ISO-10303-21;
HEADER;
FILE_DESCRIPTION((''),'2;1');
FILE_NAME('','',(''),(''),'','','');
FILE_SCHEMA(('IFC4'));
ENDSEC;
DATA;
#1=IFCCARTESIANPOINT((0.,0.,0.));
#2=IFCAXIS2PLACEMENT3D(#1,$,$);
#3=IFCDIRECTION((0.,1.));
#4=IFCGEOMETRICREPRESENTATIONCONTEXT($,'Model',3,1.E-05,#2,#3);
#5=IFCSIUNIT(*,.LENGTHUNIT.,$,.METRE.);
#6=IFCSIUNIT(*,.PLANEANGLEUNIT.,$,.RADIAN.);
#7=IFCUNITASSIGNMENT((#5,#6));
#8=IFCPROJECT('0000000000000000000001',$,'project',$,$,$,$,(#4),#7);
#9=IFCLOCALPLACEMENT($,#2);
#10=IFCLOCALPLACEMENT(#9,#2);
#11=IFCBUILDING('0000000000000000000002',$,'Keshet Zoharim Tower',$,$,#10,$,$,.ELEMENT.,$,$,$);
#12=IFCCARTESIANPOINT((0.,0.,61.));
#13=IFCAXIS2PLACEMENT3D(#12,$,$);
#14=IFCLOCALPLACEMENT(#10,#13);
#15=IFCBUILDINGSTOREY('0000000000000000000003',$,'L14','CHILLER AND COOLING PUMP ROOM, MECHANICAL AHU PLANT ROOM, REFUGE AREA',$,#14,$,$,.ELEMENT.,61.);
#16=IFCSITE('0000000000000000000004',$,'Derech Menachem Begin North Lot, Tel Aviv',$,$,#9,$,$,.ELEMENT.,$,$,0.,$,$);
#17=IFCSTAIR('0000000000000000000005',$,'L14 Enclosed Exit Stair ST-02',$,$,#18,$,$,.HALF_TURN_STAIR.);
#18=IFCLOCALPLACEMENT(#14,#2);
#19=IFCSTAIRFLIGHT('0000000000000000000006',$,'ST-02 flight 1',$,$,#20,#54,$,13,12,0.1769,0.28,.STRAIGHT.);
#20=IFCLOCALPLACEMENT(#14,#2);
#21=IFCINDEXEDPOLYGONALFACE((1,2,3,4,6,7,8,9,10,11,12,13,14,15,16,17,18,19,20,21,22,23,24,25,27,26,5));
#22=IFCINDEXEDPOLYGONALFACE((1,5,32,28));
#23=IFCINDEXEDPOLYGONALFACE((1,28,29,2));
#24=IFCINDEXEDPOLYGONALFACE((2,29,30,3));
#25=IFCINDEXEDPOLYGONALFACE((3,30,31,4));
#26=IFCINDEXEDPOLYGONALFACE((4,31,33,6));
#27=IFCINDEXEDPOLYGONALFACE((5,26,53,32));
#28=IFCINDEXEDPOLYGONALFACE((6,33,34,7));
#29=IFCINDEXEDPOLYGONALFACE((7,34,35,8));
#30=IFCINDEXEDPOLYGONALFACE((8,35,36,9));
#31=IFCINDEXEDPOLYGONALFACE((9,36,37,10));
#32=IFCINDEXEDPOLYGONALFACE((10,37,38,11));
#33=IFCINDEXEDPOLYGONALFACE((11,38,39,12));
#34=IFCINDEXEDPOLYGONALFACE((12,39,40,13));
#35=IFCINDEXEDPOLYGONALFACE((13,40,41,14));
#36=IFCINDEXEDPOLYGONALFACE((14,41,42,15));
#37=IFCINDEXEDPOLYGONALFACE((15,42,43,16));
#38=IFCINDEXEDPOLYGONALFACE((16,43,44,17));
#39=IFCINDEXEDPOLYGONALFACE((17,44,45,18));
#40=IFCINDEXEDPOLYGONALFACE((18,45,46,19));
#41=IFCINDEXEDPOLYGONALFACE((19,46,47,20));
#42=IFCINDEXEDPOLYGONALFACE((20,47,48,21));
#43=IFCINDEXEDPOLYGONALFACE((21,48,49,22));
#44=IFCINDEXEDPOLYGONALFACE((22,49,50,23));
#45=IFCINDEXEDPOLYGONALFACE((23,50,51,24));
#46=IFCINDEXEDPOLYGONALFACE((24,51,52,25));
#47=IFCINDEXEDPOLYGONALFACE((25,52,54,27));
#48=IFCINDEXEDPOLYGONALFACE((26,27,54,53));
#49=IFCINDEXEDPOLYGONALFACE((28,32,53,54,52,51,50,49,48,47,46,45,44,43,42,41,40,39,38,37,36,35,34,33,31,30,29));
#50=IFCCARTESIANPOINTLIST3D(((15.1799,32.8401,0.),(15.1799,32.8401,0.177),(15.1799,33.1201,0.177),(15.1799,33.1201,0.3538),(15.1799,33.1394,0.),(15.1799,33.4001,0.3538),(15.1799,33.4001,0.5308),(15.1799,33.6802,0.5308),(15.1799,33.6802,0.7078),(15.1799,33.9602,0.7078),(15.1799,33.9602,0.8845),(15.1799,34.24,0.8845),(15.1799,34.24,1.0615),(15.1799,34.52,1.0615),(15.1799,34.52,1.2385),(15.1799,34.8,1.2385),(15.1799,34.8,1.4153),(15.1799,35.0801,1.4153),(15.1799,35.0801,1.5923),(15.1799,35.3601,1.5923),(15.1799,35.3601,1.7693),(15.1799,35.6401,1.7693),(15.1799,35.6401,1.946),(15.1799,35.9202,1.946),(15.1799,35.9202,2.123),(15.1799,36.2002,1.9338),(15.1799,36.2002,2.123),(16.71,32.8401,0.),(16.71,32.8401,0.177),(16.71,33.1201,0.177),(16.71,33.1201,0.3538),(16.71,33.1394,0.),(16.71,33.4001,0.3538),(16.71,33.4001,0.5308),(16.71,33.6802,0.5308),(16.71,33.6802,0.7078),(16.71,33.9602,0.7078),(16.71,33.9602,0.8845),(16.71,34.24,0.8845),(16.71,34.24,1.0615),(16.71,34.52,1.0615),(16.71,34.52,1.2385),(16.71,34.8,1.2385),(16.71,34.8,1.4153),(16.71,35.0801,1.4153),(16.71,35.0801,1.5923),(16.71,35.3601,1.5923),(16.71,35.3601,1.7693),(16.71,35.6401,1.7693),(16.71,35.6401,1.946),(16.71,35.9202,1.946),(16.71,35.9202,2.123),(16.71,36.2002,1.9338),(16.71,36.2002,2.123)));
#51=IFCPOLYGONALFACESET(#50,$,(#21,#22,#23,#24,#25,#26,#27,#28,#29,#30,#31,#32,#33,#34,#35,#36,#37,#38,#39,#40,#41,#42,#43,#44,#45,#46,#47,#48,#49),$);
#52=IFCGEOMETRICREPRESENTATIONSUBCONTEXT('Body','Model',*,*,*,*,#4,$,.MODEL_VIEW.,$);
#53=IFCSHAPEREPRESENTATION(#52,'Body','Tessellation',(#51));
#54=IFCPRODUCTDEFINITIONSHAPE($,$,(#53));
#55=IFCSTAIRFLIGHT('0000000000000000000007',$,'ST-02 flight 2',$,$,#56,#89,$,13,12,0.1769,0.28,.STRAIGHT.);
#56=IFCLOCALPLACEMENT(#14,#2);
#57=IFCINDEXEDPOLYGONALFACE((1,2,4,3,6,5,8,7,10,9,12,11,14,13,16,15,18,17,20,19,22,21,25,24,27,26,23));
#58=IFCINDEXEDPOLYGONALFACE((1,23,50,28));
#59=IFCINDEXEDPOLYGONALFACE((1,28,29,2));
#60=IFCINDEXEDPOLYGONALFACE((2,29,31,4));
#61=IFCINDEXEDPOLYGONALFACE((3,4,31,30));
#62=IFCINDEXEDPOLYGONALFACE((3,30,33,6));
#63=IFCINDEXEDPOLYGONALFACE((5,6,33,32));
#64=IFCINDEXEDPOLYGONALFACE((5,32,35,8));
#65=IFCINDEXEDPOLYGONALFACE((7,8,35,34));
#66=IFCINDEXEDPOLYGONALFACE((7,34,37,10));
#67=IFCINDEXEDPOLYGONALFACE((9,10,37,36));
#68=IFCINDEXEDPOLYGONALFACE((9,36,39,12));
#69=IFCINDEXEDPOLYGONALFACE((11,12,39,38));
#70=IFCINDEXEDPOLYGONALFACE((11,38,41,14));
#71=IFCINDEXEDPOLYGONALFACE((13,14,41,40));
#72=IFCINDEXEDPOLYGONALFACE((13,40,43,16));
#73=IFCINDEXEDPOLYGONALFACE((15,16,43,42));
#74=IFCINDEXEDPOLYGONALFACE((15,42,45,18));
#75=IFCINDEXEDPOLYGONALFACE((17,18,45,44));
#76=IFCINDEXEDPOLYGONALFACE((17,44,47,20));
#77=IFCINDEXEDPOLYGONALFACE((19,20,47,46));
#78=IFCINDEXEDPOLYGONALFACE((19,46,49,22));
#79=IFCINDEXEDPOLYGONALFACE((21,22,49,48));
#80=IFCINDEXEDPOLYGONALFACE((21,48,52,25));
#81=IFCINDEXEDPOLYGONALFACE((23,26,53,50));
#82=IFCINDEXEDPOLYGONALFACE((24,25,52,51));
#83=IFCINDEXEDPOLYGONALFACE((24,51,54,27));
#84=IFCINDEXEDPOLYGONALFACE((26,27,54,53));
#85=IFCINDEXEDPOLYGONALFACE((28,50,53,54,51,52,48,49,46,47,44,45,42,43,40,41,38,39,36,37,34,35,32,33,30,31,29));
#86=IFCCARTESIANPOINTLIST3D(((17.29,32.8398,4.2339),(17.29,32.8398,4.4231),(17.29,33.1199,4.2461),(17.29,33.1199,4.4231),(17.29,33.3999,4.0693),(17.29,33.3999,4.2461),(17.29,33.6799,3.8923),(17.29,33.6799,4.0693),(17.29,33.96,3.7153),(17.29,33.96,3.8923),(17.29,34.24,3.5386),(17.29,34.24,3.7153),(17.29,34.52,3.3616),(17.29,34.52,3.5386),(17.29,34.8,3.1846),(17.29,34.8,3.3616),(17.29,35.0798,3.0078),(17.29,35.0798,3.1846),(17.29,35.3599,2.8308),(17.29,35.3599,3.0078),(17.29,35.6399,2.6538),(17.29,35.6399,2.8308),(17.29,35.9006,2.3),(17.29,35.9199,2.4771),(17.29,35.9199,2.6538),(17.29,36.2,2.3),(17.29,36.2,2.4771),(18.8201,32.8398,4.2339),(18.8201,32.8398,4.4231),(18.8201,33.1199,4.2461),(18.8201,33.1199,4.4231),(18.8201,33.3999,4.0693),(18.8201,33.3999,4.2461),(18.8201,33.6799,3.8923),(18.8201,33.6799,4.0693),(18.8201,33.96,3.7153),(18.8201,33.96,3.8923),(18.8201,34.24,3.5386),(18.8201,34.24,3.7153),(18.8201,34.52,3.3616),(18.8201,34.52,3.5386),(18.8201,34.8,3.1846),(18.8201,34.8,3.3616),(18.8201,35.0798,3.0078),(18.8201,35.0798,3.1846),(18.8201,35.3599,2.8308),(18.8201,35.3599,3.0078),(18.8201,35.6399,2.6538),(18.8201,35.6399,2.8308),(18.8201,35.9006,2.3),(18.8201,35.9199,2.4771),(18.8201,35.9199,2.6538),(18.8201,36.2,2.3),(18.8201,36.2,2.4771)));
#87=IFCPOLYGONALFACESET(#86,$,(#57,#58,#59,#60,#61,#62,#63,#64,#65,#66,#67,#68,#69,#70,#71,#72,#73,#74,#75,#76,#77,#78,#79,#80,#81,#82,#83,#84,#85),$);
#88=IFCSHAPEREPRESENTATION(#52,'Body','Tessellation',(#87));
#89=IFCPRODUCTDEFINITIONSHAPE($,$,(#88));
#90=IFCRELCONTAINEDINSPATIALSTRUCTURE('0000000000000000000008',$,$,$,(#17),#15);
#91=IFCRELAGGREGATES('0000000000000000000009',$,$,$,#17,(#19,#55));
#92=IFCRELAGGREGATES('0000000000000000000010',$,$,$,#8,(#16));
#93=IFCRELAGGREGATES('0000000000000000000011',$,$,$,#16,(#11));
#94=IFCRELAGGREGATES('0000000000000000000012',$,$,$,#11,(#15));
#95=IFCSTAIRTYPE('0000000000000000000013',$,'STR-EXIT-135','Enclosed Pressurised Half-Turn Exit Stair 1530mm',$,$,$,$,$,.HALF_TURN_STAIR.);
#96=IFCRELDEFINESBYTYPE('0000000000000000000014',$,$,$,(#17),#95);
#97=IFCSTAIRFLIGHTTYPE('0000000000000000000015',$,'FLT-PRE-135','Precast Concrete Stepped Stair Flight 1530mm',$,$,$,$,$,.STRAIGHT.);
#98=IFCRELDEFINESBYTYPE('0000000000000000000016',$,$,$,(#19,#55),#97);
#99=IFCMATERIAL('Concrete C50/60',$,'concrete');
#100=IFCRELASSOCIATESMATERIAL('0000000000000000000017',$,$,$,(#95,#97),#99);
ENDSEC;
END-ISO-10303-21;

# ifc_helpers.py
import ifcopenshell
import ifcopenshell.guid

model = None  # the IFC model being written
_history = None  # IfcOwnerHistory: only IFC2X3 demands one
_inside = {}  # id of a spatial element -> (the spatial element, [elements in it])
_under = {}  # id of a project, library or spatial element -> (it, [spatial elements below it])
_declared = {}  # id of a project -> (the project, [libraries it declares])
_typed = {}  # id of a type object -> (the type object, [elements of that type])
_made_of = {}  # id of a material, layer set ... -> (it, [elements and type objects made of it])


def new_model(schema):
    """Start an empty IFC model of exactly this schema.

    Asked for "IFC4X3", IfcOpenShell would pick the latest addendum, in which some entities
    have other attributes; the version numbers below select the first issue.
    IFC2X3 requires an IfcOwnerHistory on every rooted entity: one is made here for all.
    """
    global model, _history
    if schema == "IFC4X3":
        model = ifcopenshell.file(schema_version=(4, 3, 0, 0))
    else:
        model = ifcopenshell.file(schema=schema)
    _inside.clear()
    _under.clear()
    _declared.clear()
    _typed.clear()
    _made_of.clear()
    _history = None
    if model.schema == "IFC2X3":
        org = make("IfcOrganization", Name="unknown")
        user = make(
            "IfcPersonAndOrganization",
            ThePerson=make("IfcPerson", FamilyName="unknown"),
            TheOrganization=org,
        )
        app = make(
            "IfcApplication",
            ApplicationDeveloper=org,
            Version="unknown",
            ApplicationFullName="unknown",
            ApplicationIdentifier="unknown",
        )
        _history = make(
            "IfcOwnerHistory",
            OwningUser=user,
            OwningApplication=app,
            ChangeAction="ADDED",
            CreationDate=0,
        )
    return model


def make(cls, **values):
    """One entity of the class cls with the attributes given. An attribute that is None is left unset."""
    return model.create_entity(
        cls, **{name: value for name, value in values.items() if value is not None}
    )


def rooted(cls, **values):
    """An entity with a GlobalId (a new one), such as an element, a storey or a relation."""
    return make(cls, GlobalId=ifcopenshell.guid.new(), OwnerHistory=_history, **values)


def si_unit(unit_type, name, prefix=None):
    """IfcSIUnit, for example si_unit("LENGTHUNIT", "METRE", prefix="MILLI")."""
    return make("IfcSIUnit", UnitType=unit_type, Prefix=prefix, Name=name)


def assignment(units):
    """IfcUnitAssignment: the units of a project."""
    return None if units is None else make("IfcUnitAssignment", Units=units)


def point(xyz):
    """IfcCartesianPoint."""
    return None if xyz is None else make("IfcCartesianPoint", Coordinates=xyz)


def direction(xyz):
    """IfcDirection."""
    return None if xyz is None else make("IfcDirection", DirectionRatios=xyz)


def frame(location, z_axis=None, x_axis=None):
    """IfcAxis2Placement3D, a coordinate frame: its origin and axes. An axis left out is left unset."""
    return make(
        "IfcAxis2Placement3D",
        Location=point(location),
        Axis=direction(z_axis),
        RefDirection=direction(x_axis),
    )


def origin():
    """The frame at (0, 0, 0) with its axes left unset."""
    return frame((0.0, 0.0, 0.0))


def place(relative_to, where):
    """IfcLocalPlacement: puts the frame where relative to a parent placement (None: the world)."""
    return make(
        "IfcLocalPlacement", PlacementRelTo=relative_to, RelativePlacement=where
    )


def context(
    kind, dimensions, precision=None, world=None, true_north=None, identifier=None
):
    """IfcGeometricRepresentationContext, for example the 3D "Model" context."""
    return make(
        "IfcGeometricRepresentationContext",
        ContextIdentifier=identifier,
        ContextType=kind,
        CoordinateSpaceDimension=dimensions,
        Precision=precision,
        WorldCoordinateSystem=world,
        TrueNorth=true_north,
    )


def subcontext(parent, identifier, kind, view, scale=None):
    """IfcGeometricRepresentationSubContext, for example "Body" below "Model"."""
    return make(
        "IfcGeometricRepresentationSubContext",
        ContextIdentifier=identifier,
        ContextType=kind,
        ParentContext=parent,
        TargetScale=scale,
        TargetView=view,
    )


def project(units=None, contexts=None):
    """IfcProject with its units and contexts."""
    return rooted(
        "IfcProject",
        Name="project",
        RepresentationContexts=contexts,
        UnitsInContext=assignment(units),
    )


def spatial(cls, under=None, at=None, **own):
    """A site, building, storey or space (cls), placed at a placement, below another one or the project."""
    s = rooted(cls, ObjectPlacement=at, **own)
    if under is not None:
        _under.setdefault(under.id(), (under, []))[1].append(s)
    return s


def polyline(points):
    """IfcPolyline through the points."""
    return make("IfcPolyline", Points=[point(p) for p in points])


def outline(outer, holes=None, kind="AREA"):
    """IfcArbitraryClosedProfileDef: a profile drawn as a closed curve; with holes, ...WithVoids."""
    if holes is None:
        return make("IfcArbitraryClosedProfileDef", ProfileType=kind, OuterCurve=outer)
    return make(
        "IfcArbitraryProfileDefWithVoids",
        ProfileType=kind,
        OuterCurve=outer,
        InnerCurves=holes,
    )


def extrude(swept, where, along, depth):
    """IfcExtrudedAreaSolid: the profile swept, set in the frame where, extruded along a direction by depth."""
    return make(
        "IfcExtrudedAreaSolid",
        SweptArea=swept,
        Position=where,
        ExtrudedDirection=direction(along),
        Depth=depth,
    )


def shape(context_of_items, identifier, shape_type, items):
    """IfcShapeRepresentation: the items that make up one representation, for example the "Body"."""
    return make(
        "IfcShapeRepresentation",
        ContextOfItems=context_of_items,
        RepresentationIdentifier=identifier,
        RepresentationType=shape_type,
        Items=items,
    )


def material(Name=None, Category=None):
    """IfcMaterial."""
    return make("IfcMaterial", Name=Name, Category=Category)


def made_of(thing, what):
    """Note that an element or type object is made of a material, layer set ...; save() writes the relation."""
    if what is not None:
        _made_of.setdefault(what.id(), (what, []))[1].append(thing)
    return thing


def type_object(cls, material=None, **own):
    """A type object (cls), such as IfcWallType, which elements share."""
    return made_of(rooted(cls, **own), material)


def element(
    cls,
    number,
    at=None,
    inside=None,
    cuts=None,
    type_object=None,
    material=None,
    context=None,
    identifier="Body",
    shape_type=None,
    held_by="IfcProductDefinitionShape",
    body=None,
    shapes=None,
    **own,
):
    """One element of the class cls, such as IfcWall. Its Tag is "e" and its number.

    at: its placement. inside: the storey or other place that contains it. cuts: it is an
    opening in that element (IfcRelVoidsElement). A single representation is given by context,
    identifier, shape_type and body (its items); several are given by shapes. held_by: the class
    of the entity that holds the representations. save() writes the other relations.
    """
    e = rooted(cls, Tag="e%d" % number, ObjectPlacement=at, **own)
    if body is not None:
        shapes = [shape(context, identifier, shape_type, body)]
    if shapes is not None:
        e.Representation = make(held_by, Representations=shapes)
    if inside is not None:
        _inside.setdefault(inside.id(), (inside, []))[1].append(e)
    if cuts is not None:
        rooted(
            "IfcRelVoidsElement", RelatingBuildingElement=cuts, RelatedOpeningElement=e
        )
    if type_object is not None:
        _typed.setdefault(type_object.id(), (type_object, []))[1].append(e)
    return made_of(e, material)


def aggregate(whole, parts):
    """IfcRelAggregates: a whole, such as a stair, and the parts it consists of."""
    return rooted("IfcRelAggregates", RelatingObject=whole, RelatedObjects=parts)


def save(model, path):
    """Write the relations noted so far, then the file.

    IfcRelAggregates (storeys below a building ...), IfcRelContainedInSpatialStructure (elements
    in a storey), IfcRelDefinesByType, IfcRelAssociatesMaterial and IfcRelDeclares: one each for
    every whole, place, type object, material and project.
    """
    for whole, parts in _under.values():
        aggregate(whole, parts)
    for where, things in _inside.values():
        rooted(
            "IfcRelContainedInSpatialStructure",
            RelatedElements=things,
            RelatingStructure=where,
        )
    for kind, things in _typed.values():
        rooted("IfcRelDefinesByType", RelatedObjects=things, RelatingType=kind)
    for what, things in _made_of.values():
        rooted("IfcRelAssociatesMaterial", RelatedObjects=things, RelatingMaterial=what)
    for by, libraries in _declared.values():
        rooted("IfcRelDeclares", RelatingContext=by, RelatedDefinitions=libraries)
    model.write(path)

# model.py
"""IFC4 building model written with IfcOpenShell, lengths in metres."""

from ifc_helpers import new_model, si_unit, direction, frame, origin, place, context, subcontext, project, spatial, polyline, outline, extrude, material, type_object, element, aggregate, save


model = new_model("IFC4")

# Units and contexts
model_context = context("Model", 3, precision=1e-05, world=origin(), true_north=direction((0.0, 1.0)))
body_context = subcontext(model_context, "Body", "Model", "MODEL_VIEW")
ifc_project = project(units=[si_unit("LENGTHUNIT", "METRE"), si_unit("PLANEANGLEUNIT", "RADIAN")], contexts=[model_context])

# Site, building, storey
site_placement = place(None, origin())
site = spatial("IfcSite", under=ifc_project, at=site_placement, Name="Derech Menachem Begin North Lot, Tel Aviv", CompositionType="ELEMENT", RefElevation=0.0)
building_placement = place(site_placement, origin())
building = spatial("IfcBuilding", under=site, at=building_placement, Name="Keshet Zoharim Tower", CompositionType="ELEMENT")
storey_placement = place(building_placement, frame((0.0, 0.0, 61.0)))
storey = spatial("IfcBuildingStorey", under=building, at=storey_placement, Name="L14", Description="CHILLER AND COOLING PUMP ROOM, MECHANICAL AHU PLANT ROOM, REFUGE AREA", CompositionType="ELEMENT", Elevation=61.0)

# Shared definitions
ifc_material_1 = material(Name="Concrete C50/60", Category="concrete")

# Shared definitions
stair_type = type_object("IfcStairType", Name="STR-EXIT-135", Description="Enclosed Pressurised Half-Turn Exit Stair 1530mm", PredefinedType="HALF_TURN_STAIR", material=ifc_material_1)
stair_flight_type = type_object("IfcStairFlightType", Name="FLT-PRE-135", Description="Precast Concrete Stepped Stair Flight 1530mm", PredefinedType="STRAIGHT", material=ifc_material_1)

# Stair, stair flights
stair_1_placement = place(storey_placement, origin())
stair_1 = element("IfcStair", 1, at=stair_1_placement, inside=storey, type_object=stair_type, Name="L14 Enclosed Exit Stair ST-02", PredefinedType="HALF_TURN_STAIR")
stair_flight_1_placement = place(storey_placement, frame((15.9451, 32.8401, 0.0), z_axis=(0.0, 0.0, 1.0), x_axis=(0.0, 1.0, 0.0)))
stair_flight_1 = element("IfcStairFlight", 2, at=stair_flight_1_placement, type_object=stair_flight_type, Name="ST-02 flight 1", NumberOfRisers=13, NumberOfTreads=12, PredefinedType="STRAIGHT", RiserHeight=0.1769, TreadLength=0.28, context=body_context, shape_type="SweptSolid", body=[
    extrude(outline(polyline([(0.0, 0.0), (0.0, 0.177), (0.28, 0.177), (0.28, 0.3538), (0.5601, 0.3538), (0.5601, 0.5308), (0.8401, 0.5308), (0.8401, 0.7078), (1.1201, 0.7078), (1.1201, 0.8845), (1.3999, 0.8845), (1.3999, 1.0615), (1.6799, 1.0615), (1.6799, 1.2385), (1.96, 1.2385), (1.96, 1.4153), (2.24, 1.4153), (2.24, 1.5923), (2.52, 1.5923), (2.52, 1.7693), (2.8, 1.7693), (2.8, 1.946), (3.0801, 1.946), (3.0801, 2.123), (3.3601, 2.123), (3.3601, 2.3), (3.3601, 1.9338), (0.2993, 0.0), (0.0, 0.0)])), frame((0.0, 0.7651, 0.0), z_axis=(0.0, -1.0, 0.0), x_axis=(1.0, 0.0, 0.0)), (0.0, 0.0, 1.0), 1.53),
])
stair_flight_2_placement = place(storey_placement, frame((18.0549, 36.2, 2.3), z_axis=(0.0, 0.0, 1.0), x_axis=(0.0, -1.0, 0.0)))
stair_flight_2 = element("IfcStairFlight", 3, at=stair_flight_2_placement, type_object=stair_flight_type, Name="ST-02 flight 2", NumberOfRisers=13, NumberOfTreads=12, PredefinedType="STRAIGHT", RiserHeight=0.1769, TreadLength=0.28, context=body_context, shape_type="SweptSolid", body=[
    extrude(outline(polyline([(0.0, 0.0), (0.0, 0.177), (0.28, 0.177), (0.28, 0.3538), (0.5601, 0.3538), (0.5601, 0.5308), (0.8401, 0.5308), (0.8401, 0.7078), (1.1201, 0.7078), (1.1201, 0.8845), (1.3999, 0.8845), (1.3999, 1.0615), (1.6799, 1.0615), (1.6799, 1.2385), (1.96, 1.2385), (1.96, 1.4153), (2.24, 1.4153), (2.24, 1.5923), (2.52, 1.5923), (2.52, 1.7693), (2.8, 1.7693), (2.8, 1.946), (3.0801, 1.946), (3.0801, 2.123), (3.3601, 2.123), (3.3601, 2.3), (3.3601, 1.9338), (0.2993, 0.0), (0.0, 0.0)])), frame((0.0, 0.7651, 0.0), z_axis=(0.0, -1.0, 0.0), x_axis=(1.0, 0.0, 0.0)), (0.0, 0.0, 1.0), 1.53),
])
aggregate(stair_1, [stair_flight_1, stair_flight_2])

save(model, "model.ifc")
